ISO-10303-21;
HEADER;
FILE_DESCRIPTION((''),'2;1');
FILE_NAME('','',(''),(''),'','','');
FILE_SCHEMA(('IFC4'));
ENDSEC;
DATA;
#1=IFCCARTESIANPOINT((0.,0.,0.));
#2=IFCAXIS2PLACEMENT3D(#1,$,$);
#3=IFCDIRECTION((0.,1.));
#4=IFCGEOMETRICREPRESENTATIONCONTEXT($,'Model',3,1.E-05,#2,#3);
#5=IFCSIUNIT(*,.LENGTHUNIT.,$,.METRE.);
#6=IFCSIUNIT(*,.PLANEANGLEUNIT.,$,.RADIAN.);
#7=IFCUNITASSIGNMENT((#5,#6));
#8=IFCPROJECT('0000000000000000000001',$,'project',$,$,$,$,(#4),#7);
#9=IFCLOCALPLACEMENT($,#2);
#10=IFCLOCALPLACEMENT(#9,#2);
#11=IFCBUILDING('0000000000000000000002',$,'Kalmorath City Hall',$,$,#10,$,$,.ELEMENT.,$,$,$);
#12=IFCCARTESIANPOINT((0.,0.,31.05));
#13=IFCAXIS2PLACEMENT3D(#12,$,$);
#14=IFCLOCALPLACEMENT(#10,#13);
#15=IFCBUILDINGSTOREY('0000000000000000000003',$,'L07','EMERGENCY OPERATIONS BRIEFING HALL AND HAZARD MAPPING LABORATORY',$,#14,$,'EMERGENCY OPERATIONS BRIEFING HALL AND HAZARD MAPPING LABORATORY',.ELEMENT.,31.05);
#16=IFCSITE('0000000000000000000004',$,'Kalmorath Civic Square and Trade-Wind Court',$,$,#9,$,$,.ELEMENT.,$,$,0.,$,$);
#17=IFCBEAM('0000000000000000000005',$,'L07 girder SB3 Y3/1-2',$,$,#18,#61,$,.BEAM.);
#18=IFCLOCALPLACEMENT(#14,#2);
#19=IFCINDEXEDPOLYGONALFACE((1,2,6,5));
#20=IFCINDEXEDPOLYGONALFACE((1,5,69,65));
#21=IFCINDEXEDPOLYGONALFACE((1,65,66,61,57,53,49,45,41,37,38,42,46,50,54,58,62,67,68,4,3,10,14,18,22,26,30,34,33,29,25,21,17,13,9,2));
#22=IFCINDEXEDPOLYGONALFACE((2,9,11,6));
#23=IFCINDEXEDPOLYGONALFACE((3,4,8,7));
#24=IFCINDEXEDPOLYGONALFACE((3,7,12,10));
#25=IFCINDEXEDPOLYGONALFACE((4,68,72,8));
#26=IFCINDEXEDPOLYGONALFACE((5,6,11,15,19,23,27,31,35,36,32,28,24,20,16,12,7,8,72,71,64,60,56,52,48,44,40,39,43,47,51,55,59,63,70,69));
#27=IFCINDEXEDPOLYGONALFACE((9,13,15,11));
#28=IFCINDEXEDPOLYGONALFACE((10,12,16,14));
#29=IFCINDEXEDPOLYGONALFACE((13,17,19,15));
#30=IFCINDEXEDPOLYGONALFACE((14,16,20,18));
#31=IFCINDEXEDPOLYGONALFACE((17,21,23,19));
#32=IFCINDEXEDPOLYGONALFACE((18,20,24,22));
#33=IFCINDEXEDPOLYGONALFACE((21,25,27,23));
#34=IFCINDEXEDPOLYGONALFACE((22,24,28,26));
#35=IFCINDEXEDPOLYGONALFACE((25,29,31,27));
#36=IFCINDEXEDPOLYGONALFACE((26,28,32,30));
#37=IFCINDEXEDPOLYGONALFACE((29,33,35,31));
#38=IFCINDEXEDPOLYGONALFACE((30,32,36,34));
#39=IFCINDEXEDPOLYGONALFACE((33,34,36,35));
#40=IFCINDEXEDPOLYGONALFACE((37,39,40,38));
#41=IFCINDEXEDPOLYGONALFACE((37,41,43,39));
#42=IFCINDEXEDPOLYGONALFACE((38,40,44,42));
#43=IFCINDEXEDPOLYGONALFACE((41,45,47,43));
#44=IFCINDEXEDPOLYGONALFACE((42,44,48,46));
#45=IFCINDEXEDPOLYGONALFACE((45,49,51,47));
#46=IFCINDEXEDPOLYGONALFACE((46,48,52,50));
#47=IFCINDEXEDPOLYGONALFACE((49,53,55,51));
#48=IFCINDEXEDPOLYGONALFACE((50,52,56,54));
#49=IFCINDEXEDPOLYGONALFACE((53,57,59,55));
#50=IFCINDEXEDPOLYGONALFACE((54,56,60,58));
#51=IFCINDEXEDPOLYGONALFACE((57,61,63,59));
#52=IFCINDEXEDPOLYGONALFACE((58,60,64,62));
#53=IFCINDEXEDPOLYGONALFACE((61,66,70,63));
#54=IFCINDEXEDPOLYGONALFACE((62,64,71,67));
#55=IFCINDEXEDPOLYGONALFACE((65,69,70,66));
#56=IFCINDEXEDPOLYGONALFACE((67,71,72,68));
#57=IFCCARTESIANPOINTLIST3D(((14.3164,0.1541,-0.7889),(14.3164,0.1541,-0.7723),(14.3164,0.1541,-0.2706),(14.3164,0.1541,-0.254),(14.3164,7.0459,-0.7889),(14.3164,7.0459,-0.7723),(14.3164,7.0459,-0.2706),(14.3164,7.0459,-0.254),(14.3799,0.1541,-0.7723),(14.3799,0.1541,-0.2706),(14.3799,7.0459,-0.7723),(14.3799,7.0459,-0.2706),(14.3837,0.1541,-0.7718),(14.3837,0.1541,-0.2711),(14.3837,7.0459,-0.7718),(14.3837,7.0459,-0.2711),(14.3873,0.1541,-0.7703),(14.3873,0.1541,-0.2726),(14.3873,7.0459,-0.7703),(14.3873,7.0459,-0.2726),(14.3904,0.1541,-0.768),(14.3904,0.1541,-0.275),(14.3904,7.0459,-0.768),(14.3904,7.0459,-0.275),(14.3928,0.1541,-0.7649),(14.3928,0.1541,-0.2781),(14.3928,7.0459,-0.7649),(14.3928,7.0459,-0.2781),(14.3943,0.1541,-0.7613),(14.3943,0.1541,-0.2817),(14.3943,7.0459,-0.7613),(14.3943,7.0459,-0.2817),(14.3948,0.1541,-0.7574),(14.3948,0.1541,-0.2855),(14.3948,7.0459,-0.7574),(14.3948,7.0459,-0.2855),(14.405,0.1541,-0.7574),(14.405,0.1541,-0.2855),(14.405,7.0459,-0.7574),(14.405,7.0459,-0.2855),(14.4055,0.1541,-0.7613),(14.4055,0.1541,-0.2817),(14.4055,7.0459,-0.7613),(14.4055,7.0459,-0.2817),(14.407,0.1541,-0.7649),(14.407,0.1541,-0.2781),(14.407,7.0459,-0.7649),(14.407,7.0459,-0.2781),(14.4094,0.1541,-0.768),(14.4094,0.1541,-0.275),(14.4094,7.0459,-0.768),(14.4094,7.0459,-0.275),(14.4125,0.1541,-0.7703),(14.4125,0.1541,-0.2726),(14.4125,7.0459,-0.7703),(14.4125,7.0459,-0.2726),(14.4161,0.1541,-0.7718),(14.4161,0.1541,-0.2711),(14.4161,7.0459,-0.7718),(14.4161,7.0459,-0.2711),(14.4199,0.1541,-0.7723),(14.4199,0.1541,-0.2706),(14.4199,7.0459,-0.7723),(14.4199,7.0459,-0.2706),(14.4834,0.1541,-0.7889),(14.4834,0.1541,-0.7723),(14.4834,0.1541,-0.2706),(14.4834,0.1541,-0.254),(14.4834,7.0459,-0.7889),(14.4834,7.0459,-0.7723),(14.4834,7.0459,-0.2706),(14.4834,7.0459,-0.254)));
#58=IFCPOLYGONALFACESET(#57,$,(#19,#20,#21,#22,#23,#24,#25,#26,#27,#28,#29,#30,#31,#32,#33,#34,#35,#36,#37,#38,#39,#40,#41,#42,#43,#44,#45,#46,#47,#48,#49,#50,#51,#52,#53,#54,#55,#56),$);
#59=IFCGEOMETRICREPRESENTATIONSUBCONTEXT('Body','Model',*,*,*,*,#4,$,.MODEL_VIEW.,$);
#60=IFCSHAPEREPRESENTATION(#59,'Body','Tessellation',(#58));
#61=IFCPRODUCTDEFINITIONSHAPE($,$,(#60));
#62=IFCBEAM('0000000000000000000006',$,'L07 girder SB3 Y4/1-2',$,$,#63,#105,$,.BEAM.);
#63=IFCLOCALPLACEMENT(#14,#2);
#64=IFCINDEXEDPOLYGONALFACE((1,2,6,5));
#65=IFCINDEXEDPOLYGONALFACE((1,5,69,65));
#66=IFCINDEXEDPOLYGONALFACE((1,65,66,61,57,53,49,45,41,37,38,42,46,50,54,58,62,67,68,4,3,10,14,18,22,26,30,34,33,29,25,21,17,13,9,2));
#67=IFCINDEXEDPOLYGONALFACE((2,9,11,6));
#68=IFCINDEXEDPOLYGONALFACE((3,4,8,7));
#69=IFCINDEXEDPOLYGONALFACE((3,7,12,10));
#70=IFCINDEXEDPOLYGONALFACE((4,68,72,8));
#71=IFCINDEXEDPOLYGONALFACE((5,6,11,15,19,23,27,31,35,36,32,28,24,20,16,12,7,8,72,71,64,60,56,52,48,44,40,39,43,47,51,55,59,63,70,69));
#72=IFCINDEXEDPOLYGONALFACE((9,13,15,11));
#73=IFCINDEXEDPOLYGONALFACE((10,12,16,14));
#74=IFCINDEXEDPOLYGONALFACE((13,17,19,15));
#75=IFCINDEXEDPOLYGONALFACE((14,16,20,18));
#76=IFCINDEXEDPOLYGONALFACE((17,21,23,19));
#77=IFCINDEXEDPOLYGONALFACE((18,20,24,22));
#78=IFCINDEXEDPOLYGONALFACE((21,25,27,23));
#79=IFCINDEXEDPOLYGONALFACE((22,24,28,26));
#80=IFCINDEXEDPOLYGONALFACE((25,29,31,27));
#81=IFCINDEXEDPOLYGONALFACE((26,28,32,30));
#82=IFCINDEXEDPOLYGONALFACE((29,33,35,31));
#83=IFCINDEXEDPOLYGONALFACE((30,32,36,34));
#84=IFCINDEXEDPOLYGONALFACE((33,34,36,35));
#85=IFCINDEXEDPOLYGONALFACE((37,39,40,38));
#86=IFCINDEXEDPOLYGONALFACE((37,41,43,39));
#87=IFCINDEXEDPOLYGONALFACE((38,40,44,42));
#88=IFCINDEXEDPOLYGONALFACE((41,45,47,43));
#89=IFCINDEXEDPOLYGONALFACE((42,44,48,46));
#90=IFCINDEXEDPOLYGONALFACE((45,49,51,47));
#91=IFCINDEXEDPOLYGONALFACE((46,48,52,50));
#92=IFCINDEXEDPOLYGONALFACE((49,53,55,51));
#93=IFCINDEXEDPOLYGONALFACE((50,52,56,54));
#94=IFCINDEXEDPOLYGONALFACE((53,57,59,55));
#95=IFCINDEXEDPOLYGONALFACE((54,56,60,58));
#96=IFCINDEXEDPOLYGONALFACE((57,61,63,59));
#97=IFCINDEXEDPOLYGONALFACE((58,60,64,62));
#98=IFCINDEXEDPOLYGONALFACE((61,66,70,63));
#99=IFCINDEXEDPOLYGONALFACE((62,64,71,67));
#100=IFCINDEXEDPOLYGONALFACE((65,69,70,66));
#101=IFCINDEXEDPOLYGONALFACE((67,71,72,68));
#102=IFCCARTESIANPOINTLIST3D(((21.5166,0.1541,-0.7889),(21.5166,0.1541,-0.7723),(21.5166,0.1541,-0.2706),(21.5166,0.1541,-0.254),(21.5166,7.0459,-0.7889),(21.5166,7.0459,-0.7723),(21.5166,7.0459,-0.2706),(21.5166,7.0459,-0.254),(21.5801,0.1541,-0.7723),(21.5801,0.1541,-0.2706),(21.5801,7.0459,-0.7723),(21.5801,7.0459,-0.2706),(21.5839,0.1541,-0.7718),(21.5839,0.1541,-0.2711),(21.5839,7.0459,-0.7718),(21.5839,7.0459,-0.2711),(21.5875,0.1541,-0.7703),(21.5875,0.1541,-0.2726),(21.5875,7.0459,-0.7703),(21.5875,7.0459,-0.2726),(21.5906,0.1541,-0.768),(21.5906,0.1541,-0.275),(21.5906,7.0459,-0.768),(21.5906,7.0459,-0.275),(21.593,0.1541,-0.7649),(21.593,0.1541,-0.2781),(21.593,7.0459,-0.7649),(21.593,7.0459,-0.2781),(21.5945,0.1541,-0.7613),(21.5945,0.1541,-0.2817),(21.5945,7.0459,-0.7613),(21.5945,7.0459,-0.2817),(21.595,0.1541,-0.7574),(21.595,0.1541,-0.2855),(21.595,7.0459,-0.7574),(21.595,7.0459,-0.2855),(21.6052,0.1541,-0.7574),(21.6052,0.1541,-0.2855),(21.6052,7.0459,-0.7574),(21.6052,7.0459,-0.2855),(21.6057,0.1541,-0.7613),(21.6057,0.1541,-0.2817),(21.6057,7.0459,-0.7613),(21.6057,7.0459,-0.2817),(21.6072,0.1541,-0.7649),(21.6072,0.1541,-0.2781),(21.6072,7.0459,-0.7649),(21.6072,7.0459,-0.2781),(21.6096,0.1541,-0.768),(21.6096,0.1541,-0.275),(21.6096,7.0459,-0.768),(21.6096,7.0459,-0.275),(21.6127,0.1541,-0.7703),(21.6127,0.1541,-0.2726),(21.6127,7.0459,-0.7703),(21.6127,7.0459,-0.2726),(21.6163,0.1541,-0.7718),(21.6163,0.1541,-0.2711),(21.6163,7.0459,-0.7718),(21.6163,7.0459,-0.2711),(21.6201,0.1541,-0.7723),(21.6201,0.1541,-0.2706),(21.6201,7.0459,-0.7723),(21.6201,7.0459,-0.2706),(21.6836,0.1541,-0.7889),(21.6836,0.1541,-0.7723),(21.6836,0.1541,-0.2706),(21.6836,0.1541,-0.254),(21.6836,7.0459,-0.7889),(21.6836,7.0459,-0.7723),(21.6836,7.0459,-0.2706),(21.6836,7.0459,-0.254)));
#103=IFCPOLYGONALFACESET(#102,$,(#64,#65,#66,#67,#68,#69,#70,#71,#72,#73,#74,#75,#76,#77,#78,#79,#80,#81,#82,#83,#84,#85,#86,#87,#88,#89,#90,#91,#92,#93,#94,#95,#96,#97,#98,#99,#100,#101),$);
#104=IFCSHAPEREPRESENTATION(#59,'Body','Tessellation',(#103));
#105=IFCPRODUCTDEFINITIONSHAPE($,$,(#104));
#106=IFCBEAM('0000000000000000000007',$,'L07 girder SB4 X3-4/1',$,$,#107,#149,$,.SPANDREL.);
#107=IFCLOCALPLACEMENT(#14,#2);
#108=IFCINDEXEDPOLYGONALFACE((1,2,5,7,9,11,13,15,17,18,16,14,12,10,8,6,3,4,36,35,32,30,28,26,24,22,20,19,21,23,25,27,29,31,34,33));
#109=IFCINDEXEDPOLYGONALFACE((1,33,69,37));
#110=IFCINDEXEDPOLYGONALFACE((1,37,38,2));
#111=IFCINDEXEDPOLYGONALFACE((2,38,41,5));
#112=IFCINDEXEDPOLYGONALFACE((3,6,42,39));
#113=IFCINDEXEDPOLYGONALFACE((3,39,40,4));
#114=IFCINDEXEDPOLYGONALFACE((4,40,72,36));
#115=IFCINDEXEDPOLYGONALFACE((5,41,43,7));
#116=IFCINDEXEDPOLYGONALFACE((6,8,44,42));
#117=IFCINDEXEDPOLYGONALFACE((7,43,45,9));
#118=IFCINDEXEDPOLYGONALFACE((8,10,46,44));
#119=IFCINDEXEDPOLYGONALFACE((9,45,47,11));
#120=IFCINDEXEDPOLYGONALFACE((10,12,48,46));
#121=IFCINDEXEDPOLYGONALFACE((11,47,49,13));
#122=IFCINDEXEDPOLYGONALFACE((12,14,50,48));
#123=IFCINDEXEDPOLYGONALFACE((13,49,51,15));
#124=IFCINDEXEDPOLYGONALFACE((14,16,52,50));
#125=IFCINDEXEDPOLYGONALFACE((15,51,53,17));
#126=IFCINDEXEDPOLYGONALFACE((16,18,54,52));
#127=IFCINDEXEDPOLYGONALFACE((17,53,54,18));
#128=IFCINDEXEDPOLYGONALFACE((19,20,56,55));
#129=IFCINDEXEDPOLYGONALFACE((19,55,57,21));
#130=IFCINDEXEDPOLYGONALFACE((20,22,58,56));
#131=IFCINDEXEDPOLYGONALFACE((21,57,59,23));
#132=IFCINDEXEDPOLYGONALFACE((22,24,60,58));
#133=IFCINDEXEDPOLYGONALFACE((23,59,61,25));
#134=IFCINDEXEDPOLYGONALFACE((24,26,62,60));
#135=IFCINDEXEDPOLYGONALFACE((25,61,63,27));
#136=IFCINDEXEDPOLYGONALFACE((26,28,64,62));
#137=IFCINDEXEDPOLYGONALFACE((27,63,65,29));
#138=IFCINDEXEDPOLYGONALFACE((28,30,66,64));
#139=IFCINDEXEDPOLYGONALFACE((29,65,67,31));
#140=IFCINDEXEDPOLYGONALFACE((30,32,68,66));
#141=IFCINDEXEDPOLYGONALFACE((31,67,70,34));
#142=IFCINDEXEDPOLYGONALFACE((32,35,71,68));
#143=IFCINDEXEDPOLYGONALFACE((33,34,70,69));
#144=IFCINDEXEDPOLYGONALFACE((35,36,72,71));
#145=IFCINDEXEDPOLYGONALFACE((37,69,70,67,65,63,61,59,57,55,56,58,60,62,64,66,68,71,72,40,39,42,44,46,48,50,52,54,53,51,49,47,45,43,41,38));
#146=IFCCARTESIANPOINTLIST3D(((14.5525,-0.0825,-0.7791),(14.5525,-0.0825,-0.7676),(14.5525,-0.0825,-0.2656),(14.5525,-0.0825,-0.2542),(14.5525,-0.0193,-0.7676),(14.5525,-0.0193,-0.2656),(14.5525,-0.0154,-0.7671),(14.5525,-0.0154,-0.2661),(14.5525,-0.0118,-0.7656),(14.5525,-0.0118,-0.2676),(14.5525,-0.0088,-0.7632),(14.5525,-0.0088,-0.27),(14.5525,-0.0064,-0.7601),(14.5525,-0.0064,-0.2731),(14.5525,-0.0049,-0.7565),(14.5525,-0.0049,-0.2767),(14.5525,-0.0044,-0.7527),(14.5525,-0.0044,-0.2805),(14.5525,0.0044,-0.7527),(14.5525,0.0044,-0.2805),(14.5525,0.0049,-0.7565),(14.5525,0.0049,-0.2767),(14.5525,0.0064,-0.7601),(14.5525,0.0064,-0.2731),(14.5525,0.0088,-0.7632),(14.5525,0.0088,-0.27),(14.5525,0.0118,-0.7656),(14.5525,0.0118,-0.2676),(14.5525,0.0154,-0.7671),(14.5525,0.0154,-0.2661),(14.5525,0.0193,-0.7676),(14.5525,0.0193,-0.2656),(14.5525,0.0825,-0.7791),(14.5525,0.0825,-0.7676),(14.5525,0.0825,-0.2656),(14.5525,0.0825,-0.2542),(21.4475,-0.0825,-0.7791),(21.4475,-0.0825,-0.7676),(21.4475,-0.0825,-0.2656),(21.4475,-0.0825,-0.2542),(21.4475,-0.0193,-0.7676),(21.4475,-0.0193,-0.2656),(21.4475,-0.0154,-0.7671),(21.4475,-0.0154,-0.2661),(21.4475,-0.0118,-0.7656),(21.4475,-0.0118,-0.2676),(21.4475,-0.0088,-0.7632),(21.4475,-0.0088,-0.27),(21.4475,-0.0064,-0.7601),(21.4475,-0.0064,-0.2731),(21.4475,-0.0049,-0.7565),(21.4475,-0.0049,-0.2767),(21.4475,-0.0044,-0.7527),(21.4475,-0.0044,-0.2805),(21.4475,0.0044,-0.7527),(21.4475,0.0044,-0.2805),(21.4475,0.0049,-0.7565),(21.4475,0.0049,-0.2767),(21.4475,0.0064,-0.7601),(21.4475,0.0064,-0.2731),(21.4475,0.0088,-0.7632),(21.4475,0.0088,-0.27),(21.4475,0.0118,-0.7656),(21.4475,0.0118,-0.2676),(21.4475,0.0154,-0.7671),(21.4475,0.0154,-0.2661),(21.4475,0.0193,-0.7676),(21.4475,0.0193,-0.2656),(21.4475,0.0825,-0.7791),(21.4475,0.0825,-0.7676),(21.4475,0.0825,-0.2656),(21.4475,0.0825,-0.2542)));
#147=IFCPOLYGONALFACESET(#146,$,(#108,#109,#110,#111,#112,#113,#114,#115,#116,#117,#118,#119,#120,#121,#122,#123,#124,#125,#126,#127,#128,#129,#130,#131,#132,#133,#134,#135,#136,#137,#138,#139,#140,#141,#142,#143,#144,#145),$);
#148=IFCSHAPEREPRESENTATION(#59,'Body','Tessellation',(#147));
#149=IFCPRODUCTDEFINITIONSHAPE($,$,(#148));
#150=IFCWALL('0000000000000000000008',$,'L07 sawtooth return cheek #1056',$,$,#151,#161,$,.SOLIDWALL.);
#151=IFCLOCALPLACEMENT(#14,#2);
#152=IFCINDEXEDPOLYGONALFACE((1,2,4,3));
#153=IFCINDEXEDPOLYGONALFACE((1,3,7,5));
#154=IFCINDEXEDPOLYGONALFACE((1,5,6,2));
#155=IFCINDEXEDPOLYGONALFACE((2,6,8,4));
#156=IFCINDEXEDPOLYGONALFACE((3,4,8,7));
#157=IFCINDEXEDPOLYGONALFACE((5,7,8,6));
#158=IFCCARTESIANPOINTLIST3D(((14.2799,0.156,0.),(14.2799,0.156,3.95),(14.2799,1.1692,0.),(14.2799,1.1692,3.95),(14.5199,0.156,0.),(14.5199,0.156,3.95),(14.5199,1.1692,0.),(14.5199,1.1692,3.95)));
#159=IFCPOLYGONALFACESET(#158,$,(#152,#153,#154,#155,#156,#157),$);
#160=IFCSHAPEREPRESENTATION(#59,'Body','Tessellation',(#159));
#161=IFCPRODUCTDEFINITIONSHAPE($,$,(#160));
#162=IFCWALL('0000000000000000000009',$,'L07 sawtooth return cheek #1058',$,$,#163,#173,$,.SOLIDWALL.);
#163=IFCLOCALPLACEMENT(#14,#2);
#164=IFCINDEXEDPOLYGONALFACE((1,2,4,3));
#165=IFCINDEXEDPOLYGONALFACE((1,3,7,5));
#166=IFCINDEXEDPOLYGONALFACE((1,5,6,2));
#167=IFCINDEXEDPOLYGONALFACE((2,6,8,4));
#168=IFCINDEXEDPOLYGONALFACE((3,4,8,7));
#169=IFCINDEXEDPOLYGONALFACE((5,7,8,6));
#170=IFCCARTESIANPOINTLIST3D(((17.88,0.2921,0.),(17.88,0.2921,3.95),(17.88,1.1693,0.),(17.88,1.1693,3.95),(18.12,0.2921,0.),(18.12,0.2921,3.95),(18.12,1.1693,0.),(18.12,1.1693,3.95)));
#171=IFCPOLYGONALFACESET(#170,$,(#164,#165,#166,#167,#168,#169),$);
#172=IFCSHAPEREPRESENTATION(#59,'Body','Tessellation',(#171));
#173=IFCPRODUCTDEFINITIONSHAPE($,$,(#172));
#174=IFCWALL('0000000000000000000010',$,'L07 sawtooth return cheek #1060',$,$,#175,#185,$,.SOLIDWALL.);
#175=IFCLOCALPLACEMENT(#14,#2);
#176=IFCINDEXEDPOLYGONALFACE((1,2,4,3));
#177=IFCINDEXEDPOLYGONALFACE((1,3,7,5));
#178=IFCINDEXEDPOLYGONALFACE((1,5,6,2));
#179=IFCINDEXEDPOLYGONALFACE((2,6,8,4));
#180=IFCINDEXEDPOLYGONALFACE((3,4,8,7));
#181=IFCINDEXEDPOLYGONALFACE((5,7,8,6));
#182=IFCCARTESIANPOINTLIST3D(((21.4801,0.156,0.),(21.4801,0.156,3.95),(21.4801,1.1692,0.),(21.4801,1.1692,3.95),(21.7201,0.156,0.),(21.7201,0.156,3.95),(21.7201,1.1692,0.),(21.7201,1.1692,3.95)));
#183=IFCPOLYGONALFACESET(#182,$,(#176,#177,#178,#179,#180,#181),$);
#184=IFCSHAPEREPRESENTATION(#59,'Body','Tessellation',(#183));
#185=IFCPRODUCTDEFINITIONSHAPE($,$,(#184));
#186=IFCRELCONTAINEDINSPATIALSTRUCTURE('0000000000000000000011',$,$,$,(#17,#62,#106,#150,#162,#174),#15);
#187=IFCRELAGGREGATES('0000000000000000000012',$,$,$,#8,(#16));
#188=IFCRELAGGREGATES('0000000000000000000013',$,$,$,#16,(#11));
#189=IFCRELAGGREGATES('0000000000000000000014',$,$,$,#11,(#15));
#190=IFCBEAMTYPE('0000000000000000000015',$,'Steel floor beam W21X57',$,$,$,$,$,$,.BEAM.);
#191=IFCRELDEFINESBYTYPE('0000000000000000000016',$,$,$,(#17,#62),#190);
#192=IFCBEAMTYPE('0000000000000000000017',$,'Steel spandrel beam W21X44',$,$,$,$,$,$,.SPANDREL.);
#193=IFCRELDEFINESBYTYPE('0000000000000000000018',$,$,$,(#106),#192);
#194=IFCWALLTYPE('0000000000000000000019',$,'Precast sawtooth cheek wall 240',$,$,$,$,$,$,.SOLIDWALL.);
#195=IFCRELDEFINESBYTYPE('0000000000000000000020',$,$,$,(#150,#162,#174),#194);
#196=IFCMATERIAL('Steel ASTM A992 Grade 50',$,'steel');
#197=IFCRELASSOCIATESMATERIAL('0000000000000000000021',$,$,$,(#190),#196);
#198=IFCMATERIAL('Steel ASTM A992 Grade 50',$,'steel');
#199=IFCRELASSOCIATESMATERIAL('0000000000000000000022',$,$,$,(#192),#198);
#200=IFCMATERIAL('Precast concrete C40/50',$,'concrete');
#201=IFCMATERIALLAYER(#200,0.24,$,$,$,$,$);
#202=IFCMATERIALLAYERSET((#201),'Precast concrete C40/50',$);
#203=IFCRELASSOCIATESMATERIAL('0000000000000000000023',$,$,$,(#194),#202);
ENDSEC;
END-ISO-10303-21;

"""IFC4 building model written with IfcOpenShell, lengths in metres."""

from ifc_helpers import new_model, si_unit, direction, frame, frame_2d, origin, origin_2d, place, context, subcontext, project, spatial, rectangle, i_section, extrude, material, layer, layer_set, material_profile, profile_set, type_object, element, save


model = new_model("IFC4")

# Units and contexts
model_context = context("Model", 3, precision=1e-05, world=origin(), true_north=direction((0.0, 1.0)))
body_context = subcontext(model_context, "Body", "Model", "MODEL_VIEW")
ifc_project = project(units=[si_unit("LENGTHUNIT", "METRE"), si_unit("PLANEANGLEUNIT", "RADIAN")], contexts=[model_context])

# Site, building, storey
site_placement = place(None, origin())
site = spatial("IfcSite", under=ifc_project, at=site_placement, Name="Kalmorath Civic Square and Trade-Wind Court", CompositionType="ELEMENT", RefElevation=0.0)
building_placement = place(site_placement, origin())
building = spatial("IfcBuilding", under=site, at=building_placement, Name="Kalmorath City Hall", CompositionType="ELEMENT")
storey_placement = place(building_placement, frame((0.0, 0.0, 31.05)))
storey = spatial("IfcBuildingStorey", under=building, at=storey_placement, Name="L07", Description="EMERGENCY OPERATIONS BRIEFING HALL AND HAZARD MAPPING LABORATORY", LongName="EMERGENCY OPERATIONS BRIEFING HALL AND HAZARD MAPPING LABORATORY", CompositionType="ELEMENT", Elevation=31.05)

# Beams
ifc_material_1 = material(Name="Steel ASTM A992 Grade 50", Category="steel")
ifc_material_profile_1 = material_profile(ifc_material_1, i_section(OverallWidth=0.167, OverallDepth=0.5349, WebThickness=0.0103, FlangeThickness=0.0166, FilletRadius=0.0149, at=origin_2d()), Name="W21X57")
ifc_profile_set_1 = profile_set([ifc_material_profile_1], Name="Steel ASTM A992 Grade 50")
beam_type_1 = type_object("IfcBeamType", Name="Steel floor beam W21X57", PredefinedType="BEAM", material=ifc_profile_set_1)
for number, where, z_axis, x_axis, name in (
    (1, (14.3999, 0.1541, -0.5215), (0.0, 1.0, 0.0), (-1.0, 0.0, 0.0), "L07 girder SB3 Y3/1-2"),
    (2, (21.6001, 0.1541, -0.5215), (0.0, 1.0, 0.0), (-1.0, 0.0, 0.0), "L07 girder SB3 Y4/1-2"),
):
    element("IfcBeam", number, at=place(storey_placement, frame(where, z_axis=z_axis, x_axis=x_axis)), inside=storey, type_object=beam_type_1, Name=name, PredefinedType="BEAM", context=body_context, shape_type="SweptSolid", body=[
        extrude(i_section(OverallWidth=0.167, OverallDepth=0.5349, WebThickness=0.0103, FlangeThickness=0.0166, FilletRadius=0.0149, at=origin_2d()), origin(), (0.0, 0.0, 1.0), 6.8918),
    ])
ifc_material_2 = material(Name="Steel ASTM A992 Grade 50", Category="steel")
ifc_material_profile_2 = material_profile(ifc_material_2, i_section(OverallWidth=0.165, OverallDepth=0.5249, WebThickness=0.0088, FlangeThickness=0.0115, FilletRadius=0.0149, at=origin_2d()), Name="W21X44")
ifc_profile_set_2 = profile_set([ifc_material_profile_2], Name="Steel ASTM A992 Grade 50")
beam_type_2 = type_object("IfcBeamType", Name="Steel spandrel beam W21X44", PredefinedType="SPANDREL", material=ifc_profile_set_2)
beam_1_placement = place(storey_placement, frame((14.5525, 0.0, -0.5166), z_axis=(1.0, 0.0, 0.0), x_axis=(0.0, 1.0, 0.0)))
element("IfcBeam", 3, at=beam_1_placement, inside=storey, type_object=beam_type_2, Name="L07 girder SB4 X3-4/1", PredefinedType="SPANDREL", context=body_context, shape_type="SweptSolid", body=[
    extrude(i_section(OverallWidth=0.165, OverallDepth=0.5249, WebThickness=0.0088, FlangeThickness=0.0115, FilletRadius=0.0149, at=origin_2d()), origin(), (0.0, 0.0, 1.0), 6.895),
])

# Walls
ifc_material_3 = material(Name="Precast concrete C40/50", Category="concrete")
ifc_layer_1 = layer(ifc_material_3, 0.24)
ifc_layer_set_1 = layer_set([ifc_layer_1], Name="Precast concrete C40/50")
wall_type_1 = type_object("IfcWallType", Name="Precast sawtooth cheek wall 240", PredefinedType="SOLIDWALL", material=ifc_layer_set_1)
wall_1_placement = place(storey_placement, frame((14.3999, 1.1692, 0.0), z_axis=(0.0, 0.0, 1.0), x_axis=(0.0, -1.0, 0.0)))
element("IfcWall", 4, at=wall_1_placement, inside=storey, type_object=wall_type_1, Name="L07 sawtooth return cheek #1056", PredefinedType="SOLIDWALL", context=body_context, shape_type="SweptSolid", body=[
    extrude(rectangle(XDim=1.0132, YDim=0.24, at=frame_2d((0.5066, 0.0))), origin(), (0.0, 0.0, 1.0), 3.95),
])
wall_2_placement = place(storey_placement, frame((18.0, 1.1692, 0.0), z_axis=(0.0, 0.0, 1.0), x_axis=(0.0, -1.0, 0.0)))
element("IfcWall", 5, at=wall_2_placement, inside=storey, type_object=wall_type_1, Name="L07 sawtooth return cheek #1058", PredefinedType="SOLIDWALL", context=body_context, shape_type="SweptSolid", body=[
    extrude(rectangle(XDim=0.8772, YDim=0.24, at=frame_2d((0.4385, 0.0))), origin(), (0.0, 0.0, 1.0), 3.95),
])
wall_3_placement = place(storey_placement, frame((21.6001, 1.1692, 0.0), z_axis=(0.0, 0.0, 1.0), x_axis=(0.0, -1.0, 0.0)))
element("IfcWall", 6, at=wall_3_placement, inside=storey, type_object=wall_type_1, Name="L07 sawtooth return cheek #1060", PredefinedType="SOLIDWALL", context=body_context, shape_type="SweptSolid", body=[
    extrude(rectangle(XDim=1.0132, YDim=0.24, at=frame_2d((0.5066, 0.0))), origin(), (0.0, 0.0, 1.0), 3.95),
])

save(model, "model.ifc")
